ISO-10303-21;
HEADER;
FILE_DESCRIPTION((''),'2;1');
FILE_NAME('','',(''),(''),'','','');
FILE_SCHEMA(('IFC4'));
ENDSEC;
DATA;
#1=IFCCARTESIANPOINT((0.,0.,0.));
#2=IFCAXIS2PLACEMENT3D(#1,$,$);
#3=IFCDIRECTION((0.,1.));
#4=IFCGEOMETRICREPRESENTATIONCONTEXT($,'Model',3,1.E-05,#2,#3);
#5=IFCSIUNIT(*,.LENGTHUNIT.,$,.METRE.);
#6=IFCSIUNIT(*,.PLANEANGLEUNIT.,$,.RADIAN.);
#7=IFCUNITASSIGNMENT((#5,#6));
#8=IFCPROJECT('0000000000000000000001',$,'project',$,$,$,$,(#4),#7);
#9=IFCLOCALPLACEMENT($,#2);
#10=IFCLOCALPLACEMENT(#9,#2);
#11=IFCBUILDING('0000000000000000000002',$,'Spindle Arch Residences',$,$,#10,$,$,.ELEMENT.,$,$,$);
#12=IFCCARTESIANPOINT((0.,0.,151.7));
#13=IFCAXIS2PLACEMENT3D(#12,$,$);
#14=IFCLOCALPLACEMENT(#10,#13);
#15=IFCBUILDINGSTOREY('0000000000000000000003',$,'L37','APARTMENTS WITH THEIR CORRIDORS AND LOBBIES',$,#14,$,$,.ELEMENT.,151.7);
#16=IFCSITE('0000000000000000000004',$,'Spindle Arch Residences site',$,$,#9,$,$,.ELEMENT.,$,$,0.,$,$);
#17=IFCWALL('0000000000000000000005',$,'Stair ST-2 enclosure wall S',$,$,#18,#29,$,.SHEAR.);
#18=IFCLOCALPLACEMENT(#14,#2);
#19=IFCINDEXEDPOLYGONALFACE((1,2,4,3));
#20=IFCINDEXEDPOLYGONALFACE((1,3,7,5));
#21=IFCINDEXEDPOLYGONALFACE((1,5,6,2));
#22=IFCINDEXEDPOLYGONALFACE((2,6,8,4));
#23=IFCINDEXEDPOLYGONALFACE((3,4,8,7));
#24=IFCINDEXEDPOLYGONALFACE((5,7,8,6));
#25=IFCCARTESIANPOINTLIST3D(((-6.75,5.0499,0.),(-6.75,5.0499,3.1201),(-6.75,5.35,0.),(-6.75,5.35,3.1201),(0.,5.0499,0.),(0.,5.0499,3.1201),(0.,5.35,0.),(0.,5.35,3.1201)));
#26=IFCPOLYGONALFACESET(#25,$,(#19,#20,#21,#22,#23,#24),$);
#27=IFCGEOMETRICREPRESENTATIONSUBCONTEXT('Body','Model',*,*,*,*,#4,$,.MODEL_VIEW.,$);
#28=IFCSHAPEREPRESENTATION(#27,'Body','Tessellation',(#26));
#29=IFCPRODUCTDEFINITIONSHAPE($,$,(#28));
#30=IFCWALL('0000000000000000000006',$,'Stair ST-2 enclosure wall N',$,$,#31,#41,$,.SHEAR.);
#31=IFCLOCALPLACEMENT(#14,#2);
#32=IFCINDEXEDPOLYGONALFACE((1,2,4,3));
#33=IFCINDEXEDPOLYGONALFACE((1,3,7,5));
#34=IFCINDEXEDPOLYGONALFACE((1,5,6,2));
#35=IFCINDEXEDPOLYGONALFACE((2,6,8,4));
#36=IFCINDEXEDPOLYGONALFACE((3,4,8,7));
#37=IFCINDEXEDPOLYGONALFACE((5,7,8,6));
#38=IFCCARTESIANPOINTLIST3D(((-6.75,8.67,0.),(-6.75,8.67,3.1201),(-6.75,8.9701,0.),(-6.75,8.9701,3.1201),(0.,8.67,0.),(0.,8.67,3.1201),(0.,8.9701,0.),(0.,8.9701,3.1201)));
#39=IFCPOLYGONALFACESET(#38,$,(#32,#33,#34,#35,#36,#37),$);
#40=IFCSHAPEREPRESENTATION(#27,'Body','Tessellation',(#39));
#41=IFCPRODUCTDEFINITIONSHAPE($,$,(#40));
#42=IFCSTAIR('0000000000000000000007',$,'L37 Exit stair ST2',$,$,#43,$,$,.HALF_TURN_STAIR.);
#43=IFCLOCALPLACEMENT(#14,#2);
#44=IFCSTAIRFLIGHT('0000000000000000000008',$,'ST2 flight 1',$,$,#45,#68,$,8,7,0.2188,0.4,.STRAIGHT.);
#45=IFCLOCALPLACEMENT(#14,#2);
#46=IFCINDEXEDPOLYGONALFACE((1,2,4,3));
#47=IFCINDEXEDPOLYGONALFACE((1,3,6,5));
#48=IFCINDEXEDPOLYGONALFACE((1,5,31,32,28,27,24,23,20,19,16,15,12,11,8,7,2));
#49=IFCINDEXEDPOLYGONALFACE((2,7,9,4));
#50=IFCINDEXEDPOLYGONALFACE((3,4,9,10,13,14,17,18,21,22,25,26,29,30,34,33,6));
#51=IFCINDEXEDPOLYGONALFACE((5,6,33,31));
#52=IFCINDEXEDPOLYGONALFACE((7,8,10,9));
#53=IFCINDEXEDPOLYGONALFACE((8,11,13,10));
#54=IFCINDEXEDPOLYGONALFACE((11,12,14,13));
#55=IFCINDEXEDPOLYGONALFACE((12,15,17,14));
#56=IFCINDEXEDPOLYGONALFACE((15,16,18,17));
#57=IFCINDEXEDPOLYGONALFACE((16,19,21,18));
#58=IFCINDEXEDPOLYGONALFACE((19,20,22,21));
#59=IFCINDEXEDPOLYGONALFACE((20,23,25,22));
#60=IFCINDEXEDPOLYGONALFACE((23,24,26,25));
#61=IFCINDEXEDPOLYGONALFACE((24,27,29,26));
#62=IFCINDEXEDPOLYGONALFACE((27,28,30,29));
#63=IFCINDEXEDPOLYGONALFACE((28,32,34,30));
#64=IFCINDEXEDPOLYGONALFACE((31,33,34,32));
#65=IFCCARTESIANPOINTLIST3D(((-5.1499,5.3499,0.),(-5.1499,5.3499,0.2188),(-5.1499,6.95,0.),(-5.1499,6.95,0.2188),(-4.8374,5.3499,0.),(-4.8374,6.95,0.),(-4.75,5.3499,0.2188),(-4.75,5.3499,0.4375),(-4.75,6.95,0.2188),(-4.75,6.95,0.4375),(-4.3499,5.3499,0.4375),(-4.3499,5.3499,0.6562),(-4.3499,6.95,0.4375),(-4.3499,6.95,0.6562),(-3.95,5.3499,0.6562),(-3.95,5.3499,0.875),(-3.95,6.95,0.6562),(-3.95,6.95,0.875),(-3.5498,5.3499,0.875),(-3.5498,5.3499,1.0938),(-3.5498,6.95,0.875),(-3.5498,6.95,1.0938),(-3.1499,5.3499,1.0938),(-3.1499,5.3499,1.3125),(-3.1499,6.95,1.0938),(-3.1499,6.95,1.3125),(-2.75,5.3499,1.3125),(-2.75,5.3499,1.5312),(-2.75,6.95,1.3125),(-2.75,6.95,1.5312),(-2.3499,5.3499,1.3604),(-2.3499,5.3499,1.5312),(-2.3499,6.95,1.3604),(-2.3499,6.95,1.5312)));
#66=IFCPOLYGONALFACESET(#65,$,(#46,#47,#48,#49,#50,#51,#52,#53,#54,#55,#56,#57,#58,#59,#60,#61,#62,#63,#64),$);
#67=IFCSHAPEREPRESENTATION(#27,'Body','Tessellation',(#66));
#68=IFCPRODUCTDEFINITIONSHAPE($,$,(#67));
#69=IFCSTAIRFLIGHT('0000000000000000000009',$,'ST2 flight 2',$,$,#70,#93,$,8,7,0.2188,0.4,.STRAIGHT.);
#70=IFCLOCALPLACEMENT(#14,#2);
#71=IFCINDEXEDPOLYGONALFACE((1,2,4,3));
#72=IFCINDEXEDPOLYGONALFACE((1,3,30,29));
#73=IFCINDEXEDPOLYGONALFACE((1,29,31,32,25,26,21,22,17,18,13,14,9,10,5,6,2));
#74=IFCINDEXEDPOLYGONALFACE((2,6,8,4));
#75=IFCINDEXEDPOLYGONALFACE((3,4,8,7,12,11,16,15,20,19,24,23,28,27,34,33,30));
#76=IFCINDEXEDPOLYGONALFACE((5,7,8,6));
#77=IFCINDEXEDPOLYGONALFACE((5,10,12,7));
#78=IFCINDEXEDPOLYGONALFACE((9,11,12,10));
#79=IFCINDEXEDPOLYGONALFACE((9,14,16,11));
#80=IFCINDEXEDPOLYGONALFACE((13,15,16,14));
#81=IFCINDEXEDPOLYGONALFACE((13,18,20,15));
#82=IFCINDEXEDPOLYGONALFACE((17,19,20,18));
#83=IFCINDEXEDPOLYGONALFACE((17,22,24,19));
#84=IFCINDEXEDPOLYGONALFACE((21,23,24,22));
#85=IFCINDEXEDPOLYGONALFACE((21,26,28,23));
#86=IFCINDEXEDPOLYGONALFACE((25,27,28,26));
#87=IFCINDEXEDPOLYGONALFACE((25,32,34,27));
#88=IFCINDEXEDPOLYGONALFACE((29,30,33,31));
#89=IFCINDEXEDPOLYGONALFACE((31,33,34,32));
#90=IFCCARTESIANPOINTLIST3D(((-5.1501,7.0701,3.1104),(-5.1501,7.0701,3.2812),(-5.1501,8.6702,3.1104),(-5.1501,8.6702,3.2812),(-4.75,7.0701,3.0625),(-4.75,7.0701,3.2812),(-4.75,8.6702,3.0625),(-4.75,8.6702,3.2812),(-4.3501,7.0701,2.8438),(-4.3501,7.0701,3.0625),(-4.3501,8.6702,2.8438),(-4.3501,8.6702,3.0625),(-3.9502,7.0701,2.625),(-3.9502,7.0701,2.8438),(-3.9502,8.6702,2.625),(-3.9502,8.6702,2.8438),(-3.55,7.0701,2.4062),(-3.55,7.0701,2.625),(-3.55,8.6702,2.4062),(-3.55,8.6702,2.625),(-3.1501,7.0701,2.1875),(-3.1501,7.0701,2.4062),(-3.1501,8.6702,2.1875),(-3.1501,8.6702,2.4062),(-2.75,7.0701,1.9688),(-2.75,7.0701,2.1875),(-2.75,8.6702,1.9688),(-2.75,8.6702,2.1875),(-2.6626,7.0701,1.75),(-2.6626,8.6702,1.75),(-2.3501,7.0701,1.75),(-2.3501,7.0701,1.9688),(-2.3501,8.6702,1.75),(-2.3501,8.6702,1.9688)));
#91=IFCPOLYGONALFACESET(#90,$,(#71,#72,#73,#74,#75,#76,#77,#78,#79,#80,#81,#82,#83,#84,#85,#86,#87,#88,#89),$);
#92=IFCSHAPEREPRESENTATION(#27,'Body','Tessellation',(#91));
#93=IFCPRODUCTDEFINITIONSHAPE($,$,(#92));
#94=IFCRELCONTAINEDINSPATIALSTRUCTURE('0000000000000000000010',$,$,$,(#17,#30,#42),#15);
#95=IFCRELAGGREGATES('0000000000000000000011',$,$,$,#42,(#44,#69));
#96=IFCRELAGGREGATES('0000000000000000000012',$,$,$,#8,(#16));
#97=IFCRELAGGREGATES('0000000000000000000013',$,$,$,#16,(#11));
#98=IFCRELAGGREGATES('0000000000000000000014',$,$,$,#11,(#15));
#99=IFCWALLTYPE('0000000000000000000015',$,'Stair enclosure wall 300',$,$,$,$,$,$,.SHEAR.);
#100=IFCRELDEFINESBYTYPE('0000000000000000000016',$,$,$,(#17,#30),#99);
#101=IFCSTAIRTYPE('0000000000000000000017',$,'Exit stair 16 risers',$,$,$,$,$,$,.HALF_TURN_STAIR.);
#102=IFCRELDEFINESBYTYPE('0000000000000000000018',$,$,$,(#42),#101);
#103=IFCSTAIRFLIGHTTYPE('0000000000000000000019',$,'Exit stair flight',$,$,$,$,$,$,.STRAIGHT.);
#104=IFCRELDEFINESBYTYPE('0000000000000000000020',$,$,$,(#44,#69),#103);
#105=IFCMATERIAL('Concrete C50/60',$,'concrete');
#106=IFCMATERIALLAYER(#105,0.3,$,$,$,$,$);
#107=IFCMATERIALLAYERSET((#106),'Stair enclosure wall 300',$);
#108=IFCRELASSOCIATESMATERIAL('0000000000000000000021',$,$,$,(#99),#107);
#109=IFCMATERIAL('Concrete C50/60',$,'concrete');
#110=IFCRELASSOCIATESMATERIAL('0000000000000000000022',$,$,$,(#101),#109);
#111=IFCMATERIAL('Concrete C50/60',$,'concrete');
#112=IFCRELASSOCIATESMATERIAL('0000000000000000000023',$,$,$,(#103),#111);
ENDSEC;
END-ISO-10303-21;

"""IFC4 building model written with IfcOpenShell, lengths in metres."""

from ifc_helpers import new_model, si_unit, direction, frame, frame_2d, origin, place, context, subcontext, project, spatial, polyline, rectangle, outline, extrude, material, layer, layer_set, type_object, element, aggregate, save


model = new_model("IFC4")

# Units and contexts
model_context = context("Model", 3, precision=1e-05, world=origin(), true_north=direction((0.0, 1.0)))
body_context = subcontext(model_context, "Body", "Model", "MODEL_VIEW")
ifc_project = project(units=[si_unit("LENGTHUNIT", "METRE"), si_unit("PLANEANGLEUNIT", "RADIAN")], contexts=[model_context])

# Site, building, storey
site_placement = place(None, origin())
site = spatial("IfcSite", under=ifc_project, at=site_placement, Name="Spindle Arch Residences site", CompositionType="ELEMENT", RefElevation=0.0)
building_placement = place(site_placement, origin())
building = spatial("IfcBuilding", under=site, at=building_placement, Name="Spindle Arch Residences", CompositionType="ELEMENT")
storey_placement = place(building_placement, frame((0.0, 0.0, 151.7)))
storey = spatial("IfcBuildingStorey", under=building, at=storey_placement, Name="L37", Description="APARTMENTS WITH THEIR CORRIDORS AND LOBBIES", CompositionType="ELEMENT", Elevation=151.7)

# Walls
ifc_material_1 = material(Name="Concrete C50/60", Category="concrete")
ifc_layer_1 = layer(ifc_material_1, 0.3)
ifc_layer_set_1 = layer_set([ifc_layer_1], Name="Stair enclosure wall 300")
wall_type_1 = type_object("IfcWallType", Name="Stair enclosure wall 300", PredefinedType="SHEAR", material=ifc_layer_set_1)
for number, where, z_axis, x_axis, name in (
    (1, (-6.75, 5.2, 0.0), (0.0, 0.0, 1.0), (1.0, 0.0, 0.0), "Stair ST-2 enclosure wall S"),
    (2, (-6.75, 8.8201, 0.0), (0.0, 0.0, 1.0), (1.0, 0.0, 0.0), "Stair ST-2 enclosure wall N"),
):
    element("IfcWall", number, at=place(storey_placement, frame(where, z_axis=z_axis, x_axis=x_axis)), inside=storey, type_object=wall_type_1, Name=name, PredefinedType="SHEAR", context=body_context, shape_type="SweptSolid", body=[
        extrude(rectangle(XDim=6.75, YDim=0.3, at=frame_2d((3.375, 0.0))), origin(), (0.0, 0.0, 1.0), 3.1201),
    ])

# Stair, stair flights
ifc_material_2 = material(Name="Concrete C50/60", Category="concrete")
stair_type = type_object("IfcStairType", Name="Exit stair 16 risers", PredefinedType="HALF_TURN_STAIR", material=ifc_material_2)
stair_placement = place(storey_placement, origin())
stair = element("IfcStair", 3, at=stair_placement, inside=storey, type_object=stair_type, Name="L37 Exit stair ST2", PredefinedType="HALF_TURN_STAIR")
ifc_material_3 = material(Name="Concrete C50/60", Category="concrete")
stair_flight_type = type_object("IfcStairFlightType", Name="Exit stair flight", PredefinedType="STRAIGHT", material=ifc_material_3)
stair_flight_1_placement = place(storey_placement, frame((-5.1499, 6.1499, 0.0), z_axis=(0.0, 0.0, 1.0), x_axis=(1.0, 0.0, 0.0)))
stair_flight_1 = element("IfcStairFlight", 4, at=stair_flight_1_placement, type_object=stair_flight_type, Name="ST2 flight 1", NumberOfRisers=8, NumberOfTreads=7, PredefinedType="STRAIGHT", RiserHeight=0.2188, TreadLength=0.4, context=body_context, shape_type="SweptSolid", body=[
    extrude(outline(polyline([(0.0, 0.0), (0.0, 0.2188), (0.3999, 0.2188), (0.3999, 0.4375), (0.8, 0.4375), (0.8, 0.6562), (1.2, 0.6562), (1.2, 0.875), (1.6001, 0.875), (1.6001, 1.0938), (2.0, 1.0938), (2.0, 1.3125), (2.3999, 1.3125), (2.3999, 1.5312), (2.8, 1.5312), (2.8, 1.75), (2.8, 1.3604), (0.3125, 0.0), (0.0, 0.0)])), frame((0.0, 0.8, 0.0), z_axis=(0.0, -1.0, 0.0), x_axis=(1.0, 0.0, 0.0)), (0.0, 0.0, 1.0), 1.6001),
])
stair_flight_2_placement = place(storey_placement, frame((-2.3501, 7.8701, 1.75), z_axis=(0.0, 0.0, 1.0), x_axis=(-1.0, 0.0, 0.0)))
stair_flight_2 = element("IfcStairFlight", 5, at=stair_flight_2_placement, type_object=stair_flight_type, Name="ST2 flight 2", NumberOfRisers=8, NumberOfTreads=7, PredefinedType="STRAIGHT", RiserHeight=0.2188, TreadLength=0.4, context=body_context, shape_type="SweptSolid", body=[
    extrude(outline(polyline([(0.0, 0.0), (0.0, 0.2188), (0.3999, 0.2188), (0.3999, 0.4375), (0.8, 0.4375), (0.8, 0.6562), (1.2, 0.6562), (1.2, 0.875), (1.6001, 0.875), (1.6001, 1.0938), (2.0, 1.0938), (2.0, 1.3125), (2.3999, 1.3125), (2.3999, 1.5312), (2.8, 1.5312), (2.8, 1.75), (2.8, 1.3604), (0.3125, 0.0), (0.0, 0.0)])), frame((0.0, 0.8, 0.0), z_axis=(0.0, -1.0, 0.0), x_axis=(1.0, 0.0, 0.0)), (0.0, 0.0, 1.0), 1.6001),
])
aggregate(stair, [stair_flight_1, stair_flight_2])

save(model, "model.ifc")
